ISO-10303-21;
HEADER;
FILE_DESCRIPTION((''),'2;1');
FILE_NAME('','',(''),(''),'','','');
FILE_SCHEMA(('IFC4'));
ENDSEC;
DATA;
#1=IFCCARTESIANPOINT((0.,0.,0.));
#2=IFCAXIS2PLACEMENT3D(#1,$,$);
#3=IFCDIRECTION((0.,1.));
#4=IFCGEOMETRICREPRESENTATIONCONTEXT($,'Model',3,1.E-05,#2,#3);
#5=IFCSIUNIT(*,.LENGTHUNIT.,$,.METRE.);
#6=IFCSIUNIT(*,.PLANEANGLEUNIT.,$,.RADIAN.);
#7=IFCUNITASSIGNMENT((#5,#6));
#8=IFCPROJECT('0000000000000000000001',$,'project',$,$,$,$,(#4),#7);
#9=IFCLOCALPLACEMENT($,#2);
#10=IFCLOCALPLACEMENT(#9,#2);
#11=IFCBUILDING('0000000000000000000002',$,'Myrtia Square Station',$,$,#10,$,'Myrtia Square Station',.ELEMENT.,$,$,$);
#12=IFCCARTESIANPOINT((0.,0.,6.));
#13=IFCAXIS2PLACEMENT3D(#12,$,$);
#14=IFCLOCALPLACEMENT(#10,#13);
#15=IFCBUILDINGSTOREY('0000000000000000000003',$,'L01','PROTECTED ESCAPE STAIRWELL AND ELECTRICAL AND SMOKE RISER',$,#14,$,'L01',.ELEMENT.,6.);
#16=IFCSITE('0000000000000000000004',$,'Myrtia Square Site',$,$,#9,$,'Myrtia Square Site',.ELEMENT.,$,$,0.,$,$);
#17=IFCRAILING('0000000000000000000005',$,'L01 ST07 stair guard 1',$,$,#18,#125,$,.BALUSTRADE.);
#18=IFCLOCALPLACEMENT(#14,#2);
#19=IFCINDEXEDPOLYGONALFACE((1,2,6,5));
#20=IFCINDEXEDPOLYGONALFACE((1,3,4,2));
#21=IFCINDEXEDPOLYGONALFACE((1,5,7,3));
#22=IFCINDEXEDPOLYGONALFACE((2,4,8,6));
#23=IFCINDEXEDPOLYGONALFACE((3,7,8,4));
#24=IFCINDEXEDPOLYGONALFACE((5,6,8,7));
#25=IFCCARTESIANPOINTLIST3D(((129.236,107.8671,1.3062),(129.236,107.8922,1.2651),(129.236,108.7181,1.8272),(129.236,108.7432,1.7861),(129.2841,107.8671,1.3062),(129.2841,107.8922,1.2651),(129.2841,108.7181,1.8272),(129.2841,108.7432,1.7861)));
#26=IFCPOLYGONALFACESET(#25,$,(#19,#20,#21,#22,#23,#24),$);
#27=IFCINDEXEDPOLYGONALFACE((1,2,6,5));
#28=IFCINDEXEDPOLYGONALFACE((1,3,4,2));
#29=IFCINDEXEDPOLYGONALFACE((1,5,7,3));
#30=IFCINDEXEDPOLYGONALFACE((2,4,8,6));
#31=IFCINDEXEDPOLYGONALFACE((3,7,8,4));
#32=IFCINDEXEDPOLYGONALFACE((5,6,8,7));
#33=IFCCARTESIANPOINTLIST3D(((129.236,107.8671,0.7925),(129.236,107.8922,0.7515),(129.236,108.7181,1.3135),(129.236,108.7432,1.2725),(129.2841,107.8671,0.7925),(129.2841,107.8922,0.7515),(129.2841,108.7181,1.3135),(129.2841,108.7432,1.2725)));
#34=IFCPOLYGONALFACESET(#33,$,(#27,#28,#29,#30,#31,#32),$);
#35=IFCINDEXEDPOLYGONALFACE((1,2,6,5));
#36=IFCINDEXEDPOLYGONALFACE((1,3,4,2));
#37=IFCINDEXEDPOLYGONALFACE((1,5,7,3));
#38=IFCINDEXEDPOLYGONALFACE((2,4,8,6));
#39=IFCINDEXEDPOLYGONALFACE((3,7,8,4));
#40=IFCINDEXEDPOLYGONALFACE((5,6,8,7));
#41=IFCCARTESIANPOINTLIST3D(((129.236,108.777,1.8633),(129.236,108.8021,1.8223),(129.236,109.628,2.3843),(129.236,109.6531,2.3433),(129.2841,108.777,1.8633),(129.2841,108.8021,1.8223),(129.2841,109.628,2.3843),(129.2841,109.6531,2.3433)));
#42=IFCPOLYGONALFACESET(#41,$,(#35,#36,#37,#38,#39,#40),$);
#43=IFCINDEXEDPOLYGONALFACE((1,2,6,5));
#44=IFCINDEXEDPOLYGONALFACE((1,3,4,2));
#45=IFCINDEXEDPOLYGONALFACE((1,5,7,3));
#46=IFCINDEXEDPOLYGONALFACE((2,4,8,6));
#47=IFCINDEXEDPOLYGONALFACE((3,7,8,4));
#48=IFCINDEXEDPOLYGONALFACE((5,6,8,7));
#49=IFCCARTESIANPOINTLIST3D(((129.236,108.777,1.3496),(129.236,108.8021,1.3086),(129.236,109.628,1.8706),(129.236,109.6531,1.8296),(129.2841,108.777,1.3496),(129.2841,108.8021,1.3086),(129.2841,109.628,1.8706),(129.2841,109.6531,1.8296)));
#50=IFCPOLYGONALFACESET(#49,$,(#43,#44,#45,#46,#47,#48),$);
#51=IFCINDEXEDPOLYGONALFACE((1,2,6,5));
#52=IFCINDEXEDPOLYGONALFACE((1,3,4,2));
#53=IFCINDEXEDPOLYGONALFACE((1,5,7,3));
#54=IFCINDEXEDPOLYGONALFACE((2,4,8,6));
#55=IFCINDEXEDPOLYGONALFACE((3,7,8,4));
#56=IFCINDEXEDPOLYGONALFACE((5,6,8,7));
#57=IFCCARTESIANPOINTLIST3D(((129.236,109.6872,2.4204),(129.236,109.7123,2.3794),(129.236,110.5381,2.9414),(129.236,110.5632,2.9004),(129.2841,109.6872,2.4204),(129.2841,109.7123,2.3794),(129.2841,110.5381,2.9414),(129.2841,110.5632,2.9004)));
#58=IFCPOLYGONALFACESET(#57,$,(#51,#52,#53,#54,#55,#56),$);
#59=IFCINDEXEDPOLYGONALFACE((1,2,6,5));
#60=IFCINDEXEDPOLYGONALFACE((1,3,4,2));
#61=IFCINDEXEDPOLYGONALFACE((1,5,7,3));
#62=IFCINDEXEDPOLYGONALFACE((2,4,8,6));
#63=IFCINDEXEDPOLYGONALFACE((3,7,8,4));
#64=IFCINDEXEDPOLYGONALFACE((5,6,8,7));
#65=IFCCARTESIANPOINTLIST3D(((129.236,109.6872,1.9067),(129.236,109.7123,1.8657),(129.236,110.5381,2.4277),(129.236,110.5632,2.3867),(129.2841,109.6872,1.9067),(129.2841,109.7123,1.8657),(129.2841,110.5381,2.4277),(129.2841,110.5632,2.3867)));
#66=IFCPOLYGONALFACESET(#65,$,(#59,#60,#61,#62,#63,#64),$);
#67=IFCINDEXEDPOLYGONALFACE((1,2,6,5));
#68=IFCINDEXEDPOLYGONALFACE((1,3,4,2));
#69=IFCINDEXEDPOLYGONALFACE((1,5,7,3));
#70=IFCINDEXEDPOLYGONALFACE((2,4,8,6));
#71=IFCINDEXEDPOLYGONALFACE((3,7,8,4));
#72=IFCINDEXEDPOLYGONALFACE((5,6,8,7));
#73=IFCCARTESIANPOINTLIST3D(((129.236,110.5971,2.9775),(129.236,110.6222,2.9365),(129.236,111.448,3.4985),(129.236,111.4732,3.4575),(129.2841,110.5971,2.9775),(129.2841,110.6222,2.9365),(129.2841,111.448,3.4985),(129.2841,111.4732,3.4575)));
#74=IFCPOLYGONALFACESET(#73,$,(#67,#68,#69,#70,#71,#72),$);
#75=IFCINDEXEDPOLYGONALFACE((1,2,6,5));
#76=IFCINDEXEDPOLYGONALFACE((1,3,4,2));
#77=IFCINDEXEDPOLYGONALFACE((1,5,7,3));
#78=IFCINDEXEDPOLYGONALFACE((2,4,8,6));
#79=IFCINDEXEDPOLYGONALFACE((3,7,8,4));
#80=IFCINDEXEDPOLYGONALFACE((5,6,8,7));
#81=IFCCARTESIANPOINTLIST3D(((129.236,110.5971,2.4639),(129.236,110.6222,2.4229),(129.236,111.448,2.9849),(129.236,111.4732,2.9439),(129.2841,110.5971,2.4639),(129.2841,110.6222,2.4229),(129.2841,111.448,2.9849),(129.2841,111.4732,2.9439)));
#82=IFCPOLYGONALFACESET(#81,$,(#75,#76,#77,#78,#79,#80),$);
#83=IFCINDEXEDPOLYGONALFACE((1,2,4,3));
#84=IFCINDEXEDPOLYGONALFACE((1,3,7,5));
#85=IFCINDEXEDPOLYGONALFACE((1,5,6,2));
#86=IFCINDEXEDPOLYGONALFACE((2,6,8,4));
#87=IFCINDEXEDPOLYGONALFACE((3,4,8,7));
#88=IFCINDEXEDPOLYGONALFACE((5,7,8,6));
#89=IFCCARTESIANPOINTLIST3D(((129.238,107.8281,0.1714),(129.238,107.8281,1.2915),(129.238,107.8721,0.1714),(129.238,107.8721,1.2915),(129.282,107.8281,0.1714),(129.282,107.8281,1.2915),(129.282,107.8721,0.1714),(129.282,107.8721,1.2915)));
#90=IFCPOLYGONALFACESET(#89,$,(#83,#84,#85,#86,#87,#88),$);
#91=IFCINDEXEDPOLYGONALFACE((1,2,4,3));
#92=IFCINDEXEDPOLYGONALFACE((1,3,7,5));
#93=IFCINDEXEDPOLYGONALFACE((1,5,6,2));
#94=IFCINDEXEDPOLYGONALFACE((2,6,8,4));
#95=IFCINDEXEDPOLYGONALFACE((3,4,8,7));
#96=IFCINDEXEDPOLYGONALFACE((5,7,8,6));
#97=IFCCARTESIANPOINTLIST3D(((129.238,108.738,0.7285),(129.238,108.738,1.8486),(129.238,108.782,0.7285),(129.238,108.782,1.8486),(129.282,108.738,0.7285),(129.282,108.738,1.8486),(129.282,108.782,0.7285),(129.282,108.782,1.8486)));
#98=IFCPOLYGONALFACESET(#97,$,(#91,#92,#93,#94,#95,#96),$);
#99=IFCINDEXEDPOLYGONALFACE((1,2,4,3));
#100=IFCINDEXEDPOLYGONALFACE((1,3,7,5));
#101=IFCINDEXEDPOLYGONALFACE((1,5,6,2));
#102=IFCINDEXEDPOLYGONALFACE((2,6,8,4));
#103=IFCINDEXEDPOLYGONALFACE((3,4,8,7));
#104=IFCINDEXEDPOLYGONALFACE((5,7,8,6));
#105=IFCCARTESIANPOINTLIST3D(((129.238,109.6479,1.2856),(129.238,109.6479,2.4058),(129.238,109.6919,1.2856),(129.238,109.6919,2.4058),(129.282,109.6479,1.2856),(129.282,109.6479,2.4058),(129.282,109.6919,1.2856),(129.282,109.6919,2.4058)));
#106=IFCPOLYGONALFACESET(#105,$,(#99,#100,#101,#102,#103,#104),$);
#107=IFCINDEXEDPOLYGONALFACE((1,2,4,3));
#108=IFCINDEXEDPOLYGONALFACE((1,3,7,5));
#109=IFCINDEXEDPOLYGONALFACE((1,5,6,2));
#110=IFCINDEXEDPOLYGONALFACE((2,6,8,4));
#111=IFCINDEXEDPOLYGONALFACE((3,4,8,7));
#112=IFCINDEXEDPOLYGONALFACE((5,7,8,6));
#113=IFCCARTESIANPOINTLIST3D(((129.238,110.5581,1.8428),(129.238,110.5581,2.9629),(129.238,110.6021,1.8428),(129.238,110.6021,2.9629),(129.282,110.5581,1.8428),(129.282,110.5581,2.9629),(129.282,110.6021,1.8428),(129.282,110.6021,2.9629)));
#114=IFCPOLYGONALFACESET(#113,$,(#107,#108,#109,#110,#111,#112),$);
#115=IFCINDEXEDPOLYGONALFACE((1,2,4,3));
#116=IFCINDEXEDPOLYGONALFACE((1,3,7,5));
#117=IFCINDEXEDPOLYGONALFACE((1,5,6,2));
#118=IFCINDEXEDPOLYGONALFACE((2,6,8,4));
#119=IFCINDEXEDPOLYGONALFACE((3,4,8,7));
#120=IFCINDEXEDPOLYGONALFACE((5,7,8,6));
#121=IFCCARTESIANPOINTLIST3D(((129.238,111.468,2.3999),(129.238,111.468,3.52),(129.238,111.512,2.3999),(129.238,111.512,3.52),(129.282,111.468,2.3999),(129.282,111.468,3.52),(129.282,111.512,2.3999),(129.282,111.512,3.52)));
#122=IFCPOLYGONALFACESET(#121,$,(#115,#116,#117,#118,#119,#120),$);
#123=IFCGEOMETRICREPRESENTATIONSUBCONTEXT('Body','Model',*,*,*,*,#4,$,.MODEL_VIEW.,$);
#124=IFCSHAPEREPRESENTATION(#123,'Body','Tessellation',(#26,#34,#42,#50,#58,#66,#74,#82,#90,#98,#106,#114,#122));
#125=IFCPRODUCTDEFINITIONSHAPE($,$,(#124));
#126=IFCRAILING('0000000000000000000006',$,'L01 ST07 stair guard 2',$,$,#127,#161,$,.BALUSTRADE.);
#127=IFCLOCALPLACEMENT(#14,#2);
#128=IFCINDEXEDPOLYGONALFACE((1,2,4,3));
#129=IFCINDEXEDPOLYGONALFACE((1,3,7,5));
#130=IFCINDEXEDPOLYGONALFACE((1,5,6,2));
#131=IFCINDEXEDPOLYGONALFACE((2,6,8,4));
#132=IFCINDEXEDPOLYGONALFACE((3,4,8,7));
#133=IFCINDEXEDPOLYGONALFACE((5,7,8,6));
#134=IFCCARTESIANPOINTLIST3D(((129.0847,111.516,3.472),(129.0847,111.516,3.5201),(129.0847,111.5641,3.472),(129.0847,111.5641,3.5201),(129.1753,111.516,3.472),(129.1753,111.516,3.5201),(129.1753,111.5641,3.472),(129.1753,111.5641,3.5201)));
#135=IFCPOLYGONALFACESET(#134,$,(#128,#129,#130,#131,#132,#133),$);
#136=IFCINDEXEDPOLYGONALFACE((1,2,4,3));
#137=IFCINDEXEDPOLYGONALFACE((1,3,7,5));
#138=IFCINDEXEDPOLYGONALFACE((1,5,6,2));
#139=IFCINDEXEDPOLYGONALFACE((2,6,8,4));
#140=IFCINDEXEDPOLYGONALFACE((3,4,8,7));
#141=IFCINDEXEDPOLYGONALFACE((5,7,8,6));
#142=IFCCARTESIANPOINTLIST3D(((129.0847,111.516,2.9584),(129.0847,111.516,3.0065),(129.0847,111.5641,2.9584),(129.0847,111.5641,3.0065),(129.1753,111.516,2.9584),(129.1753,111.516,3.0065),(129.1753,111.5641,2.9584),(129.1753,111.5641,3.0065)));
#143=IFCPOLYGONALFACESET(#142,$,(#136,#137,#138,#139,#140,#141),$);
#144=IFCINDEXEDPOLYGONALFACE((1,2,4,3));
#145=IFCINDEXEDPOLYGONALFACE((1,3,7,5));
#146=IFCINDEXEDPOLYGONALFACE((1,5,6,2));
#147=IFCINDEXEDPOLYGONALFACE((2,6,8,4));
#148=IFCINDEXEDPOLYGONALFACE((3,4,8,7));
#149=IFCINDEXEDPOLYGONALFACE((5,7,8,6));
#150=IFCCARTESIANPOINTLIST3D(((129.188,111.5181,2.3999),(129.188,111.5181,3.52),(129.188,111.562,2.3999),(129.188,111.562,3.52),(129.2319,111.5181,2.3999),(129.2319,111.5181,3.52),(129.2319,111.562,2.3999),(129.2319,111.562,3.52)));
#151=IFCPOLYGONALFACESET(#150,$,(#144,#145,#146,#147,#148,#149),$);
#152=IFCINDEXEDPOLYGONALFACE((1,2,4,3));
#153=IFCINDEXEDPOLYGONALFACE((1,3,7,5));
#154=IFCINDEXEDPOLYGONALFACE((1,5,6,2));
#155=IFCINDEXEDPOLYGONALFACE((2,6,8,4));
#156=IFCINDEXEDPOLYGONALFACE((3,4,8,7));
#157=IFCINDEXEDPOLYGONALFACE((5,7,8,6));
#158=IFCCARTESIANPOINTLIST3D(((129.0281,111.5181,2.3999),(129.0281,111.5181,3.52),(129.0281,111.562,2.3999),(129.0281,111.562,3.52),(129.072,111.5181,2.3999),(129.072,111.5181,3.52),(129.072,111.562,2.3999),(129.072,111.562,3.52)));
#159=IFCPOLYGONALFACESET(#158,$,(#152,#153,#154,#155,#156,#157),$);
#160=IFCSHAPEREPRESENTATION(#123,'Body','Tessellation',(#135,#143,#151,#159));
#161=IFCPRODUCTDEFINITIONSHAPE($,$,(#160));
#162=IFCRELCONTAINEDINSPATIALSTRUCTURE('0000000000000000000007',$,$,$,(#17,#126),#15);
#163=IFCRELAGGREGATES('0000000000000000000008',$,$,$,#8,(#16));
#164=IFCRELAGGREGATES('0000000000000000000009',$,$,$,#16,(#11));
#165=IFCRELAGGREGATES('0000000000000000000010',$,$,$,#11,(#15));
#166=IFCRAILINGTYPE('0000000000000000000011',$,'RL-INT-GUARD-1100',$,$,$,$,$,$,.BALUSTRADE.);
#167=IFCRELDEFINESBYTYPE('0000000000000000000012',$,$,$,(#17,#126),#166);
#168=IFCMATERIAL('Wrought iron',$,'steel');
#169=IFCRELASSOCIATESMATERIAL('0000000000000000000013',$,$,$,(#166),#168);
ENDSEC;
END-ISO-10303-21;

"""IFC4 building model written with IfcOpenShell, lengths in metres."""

from ifc_helpers import new_model, si_unit, direction, frame, origin, origin_2d, place, context, subcontext, project, spatial, rectangle, extrude, material, type_object, element, save


model = new_model("IFC4")

# Units and contexts
model_context = context("Model", 3, precision=1e-05, world=origin(), true_north=direction((0.0, 1.0)))
body_context = subcontext(model_context, "Body", "Model", "MODEL_VIEW")
ifc_project = project(units=[si_unit("LENGTHUNIT", "METRE"), si_unit("PLANEANGLEUNIT", "RADIAN")], contexts=[model_context])

# Site, building, storey
site_placement = place(None, origin())
site = spatial("IfcSite", under=ifc_project, at=site_placement, Name="Myrtia Square Site", LongName="Myrtia Square Site", CompositionType="ELEMENT", RefElevation=0.0)
building_placement = place(site_placement, origin())
building = spatial("IfcBuilding", under=site, at=building_placement, Name="Myrtia Square Station", LongName="Myrtia Square Station", CompositionType="ELEMENT")
storey_placement = place(building_placement, frame((0.0, 0.0, 6.0)))
storey = spatial("IfcBuildingStorey", under=building, at=storey_placement, Name="L01", Description="PROTECTED ESCAPE STAIRWELL AND ELECTRICAL AND SMOKE RISER", LongName="L01", CompositionType="ELEMENT", Elevation=6.0)

# Railings
ifc_material_1 = material(Name="Wrought iron", Category="steel")
railing_type_1 = type_object("IfcRailingType", Name="RL-INT-GUARD-1100", PredefinedType="BALUSTRADE", material=ifc_material_1)
railing_1_placement = place(storey_placement, frame((129.26, 107.8501, 0.1714)))
element("IfcRailing", 1, at=railing_1_placement, inside=storey, type_object=railing_type_1, Name="L01 ST07 stair guard 1", PredefinedType="BALUSTRADE", context=body_context, shape_type="SweptSolid", body=[
    extrude(rectangle(XDim=0.0481, YDim=0.0481, at=origin_2d()), frame((0.0, 0.0295, 1.1143), z_axis=(0.0, 0.85285, 0.522156), x_axis=(-1.0, 0.0, 0.0)), (0.0, 0.0, 1.0), 0.9978),
    extrude(rectangle(XDim=0.0481, YDim=0.0481, at=origin_2d()), frame((0.0, 0.0295, 0.6006), z_axis=(0.0, 0.85285, 0.522156), x_axis=(-1.0, 0.0, 0.0)), (0.0, 0.0, 1.0), 0.9978),
    extrude(rectangle(XDim=0.0481, YDim=0.0481, at=origin_2d()), frame((0.0, 0.9395, 1.6714), z_axis=(0.0, 0.85285, 0.522156), x_axis=(-1.0, 0.0, 0.0)), (0.0, 0.0, 1.0), 0.9978),
    extrude(rectangle(XDim=0.0481, YDim=0.0481, at=origin_2d()), frame((0.0, 0.9395, 1.1577), z_axis=(0.0, 0.85285, 0.522156), x_axis=(-1.0, 0.0, 0.0)), (0.0, 0.0, 1.0), 0.9978),
    extrude(rectangle(XDim=0.0481, YDim=0.0481, at=origin_2d()), frame((0.0, 1.8496, 2.2285), z_axis=(0.0, 0.85285, 0.522156), x_axis=(-1.0, 0.0, 0.0)), (0.0, 0.0, 1.0), 0.9978),
    extrude(rectangle(XDim=0.0481, YDim=0.0481, at=origin_2d()), frame((0.0, 1.8496, 1.7148), z_axis=(0.0, 0.85285, 0.522156), x_axis=(-1.0, 0.0, 0.0)), (0.0, 0.0, 1.0), 0.9978),
    extrude(rectangle(XDim=0.0481, YDim=0.0481, at=origin_2d()), frame((0.0, 2.7595, 2.7856), z_axis=(0.0, 0.85285, 0.522156), x_axis=(-1.0, 0.0, 0.0)), (0.0, 0.0, 1.0), 0.9978),
    extrude(rectangle(XDim=0.0481, YDim=0.0481, at=origin_2d()), frame((0.0, 2.7595, 2.272), z_axis=(0.0, 0.85285, 0.522156), x_axis=(-1.0, 0.0, 0.0)), (0.0, 0.0, 1.0), 0.9978),
    extrude(rectangle(XDim=0.0439, YDim=0.0439, at=origin_2d()), origin(), (0.0, 0.0, 1.0), 1.1201),
    extrude(rectangle(XDim=0.0439, YDim=0.0439, at=origin_2d()), frame((0.0, 0.9099, 0.5571)), (0.0, 0.0, 1.0), 1.1201),
    extrude(rectangle(XDim=0.0439, YDim=0.0439, at=origin_2d()), frame((0.0, 1.8198, 1.1143)), (0.0, 0.0, 1.0), 1.1201),
    extrude(rectangle(XDim=0.0439, YDim=0.0439, at=origin_2d()), frame((0.0, 2.73, 1.6714)), (0.0, 0.0, 1.0), 1.1201),
    extrude(rectangle(XDim=0.0439, YDim=0.0439, at=origin_2d()), frame((0.0, 3.6399, 2.2285)), (0.0, 0.0, 1.0), 1.1201),
])
railing_2_placement = place(storey_placement, frame((129.21, 111.54, 2.3999)))
element("IfcRailing", 2, at=railing_2_placement, inside=storey, type_object=railing_type_1, Name="L01 ST07 stair guard 2", PredefinedType="BALUSTRADE", context=body_context, shape_type="SweptSolid", body=[
    extrude(rectangle(XDim=0.0481, YDim=0.0481, at=origin_2d()), frame((-0.0347, 0.0, 1.0962), z_axis=(-1.0, 0.0, 0.0), x_axis=(0.0, -1.0, 0.0)), (0.0, 0.0, 1.0), 0.0906),
    extrude(rectangle(XDim=0.0481, YDim=0.0481, at=origin_2d()), frame((-0.0347, 0.0, 0.5825), z_axis=(-1.0, 0.0, 0.0), x_axis=(0.0, -1.0, 0.0)), (0.0, 0.0, 1.0), 0.0906),
    extrude(rectangle(XDim=0.0439, YDim=0.0439, at=origin_2d()), origin(), (0.0, 0.0, 1.0), 1.1201),
    extrude(rectangle(XDim=0.0439, YDim=0.0439, at=origin_2d()), frame((-0.1599, 0.0, 0.0)), (0.0, 0.0, 1.0), 1.1201),
])

save(model, "model.ifc")
